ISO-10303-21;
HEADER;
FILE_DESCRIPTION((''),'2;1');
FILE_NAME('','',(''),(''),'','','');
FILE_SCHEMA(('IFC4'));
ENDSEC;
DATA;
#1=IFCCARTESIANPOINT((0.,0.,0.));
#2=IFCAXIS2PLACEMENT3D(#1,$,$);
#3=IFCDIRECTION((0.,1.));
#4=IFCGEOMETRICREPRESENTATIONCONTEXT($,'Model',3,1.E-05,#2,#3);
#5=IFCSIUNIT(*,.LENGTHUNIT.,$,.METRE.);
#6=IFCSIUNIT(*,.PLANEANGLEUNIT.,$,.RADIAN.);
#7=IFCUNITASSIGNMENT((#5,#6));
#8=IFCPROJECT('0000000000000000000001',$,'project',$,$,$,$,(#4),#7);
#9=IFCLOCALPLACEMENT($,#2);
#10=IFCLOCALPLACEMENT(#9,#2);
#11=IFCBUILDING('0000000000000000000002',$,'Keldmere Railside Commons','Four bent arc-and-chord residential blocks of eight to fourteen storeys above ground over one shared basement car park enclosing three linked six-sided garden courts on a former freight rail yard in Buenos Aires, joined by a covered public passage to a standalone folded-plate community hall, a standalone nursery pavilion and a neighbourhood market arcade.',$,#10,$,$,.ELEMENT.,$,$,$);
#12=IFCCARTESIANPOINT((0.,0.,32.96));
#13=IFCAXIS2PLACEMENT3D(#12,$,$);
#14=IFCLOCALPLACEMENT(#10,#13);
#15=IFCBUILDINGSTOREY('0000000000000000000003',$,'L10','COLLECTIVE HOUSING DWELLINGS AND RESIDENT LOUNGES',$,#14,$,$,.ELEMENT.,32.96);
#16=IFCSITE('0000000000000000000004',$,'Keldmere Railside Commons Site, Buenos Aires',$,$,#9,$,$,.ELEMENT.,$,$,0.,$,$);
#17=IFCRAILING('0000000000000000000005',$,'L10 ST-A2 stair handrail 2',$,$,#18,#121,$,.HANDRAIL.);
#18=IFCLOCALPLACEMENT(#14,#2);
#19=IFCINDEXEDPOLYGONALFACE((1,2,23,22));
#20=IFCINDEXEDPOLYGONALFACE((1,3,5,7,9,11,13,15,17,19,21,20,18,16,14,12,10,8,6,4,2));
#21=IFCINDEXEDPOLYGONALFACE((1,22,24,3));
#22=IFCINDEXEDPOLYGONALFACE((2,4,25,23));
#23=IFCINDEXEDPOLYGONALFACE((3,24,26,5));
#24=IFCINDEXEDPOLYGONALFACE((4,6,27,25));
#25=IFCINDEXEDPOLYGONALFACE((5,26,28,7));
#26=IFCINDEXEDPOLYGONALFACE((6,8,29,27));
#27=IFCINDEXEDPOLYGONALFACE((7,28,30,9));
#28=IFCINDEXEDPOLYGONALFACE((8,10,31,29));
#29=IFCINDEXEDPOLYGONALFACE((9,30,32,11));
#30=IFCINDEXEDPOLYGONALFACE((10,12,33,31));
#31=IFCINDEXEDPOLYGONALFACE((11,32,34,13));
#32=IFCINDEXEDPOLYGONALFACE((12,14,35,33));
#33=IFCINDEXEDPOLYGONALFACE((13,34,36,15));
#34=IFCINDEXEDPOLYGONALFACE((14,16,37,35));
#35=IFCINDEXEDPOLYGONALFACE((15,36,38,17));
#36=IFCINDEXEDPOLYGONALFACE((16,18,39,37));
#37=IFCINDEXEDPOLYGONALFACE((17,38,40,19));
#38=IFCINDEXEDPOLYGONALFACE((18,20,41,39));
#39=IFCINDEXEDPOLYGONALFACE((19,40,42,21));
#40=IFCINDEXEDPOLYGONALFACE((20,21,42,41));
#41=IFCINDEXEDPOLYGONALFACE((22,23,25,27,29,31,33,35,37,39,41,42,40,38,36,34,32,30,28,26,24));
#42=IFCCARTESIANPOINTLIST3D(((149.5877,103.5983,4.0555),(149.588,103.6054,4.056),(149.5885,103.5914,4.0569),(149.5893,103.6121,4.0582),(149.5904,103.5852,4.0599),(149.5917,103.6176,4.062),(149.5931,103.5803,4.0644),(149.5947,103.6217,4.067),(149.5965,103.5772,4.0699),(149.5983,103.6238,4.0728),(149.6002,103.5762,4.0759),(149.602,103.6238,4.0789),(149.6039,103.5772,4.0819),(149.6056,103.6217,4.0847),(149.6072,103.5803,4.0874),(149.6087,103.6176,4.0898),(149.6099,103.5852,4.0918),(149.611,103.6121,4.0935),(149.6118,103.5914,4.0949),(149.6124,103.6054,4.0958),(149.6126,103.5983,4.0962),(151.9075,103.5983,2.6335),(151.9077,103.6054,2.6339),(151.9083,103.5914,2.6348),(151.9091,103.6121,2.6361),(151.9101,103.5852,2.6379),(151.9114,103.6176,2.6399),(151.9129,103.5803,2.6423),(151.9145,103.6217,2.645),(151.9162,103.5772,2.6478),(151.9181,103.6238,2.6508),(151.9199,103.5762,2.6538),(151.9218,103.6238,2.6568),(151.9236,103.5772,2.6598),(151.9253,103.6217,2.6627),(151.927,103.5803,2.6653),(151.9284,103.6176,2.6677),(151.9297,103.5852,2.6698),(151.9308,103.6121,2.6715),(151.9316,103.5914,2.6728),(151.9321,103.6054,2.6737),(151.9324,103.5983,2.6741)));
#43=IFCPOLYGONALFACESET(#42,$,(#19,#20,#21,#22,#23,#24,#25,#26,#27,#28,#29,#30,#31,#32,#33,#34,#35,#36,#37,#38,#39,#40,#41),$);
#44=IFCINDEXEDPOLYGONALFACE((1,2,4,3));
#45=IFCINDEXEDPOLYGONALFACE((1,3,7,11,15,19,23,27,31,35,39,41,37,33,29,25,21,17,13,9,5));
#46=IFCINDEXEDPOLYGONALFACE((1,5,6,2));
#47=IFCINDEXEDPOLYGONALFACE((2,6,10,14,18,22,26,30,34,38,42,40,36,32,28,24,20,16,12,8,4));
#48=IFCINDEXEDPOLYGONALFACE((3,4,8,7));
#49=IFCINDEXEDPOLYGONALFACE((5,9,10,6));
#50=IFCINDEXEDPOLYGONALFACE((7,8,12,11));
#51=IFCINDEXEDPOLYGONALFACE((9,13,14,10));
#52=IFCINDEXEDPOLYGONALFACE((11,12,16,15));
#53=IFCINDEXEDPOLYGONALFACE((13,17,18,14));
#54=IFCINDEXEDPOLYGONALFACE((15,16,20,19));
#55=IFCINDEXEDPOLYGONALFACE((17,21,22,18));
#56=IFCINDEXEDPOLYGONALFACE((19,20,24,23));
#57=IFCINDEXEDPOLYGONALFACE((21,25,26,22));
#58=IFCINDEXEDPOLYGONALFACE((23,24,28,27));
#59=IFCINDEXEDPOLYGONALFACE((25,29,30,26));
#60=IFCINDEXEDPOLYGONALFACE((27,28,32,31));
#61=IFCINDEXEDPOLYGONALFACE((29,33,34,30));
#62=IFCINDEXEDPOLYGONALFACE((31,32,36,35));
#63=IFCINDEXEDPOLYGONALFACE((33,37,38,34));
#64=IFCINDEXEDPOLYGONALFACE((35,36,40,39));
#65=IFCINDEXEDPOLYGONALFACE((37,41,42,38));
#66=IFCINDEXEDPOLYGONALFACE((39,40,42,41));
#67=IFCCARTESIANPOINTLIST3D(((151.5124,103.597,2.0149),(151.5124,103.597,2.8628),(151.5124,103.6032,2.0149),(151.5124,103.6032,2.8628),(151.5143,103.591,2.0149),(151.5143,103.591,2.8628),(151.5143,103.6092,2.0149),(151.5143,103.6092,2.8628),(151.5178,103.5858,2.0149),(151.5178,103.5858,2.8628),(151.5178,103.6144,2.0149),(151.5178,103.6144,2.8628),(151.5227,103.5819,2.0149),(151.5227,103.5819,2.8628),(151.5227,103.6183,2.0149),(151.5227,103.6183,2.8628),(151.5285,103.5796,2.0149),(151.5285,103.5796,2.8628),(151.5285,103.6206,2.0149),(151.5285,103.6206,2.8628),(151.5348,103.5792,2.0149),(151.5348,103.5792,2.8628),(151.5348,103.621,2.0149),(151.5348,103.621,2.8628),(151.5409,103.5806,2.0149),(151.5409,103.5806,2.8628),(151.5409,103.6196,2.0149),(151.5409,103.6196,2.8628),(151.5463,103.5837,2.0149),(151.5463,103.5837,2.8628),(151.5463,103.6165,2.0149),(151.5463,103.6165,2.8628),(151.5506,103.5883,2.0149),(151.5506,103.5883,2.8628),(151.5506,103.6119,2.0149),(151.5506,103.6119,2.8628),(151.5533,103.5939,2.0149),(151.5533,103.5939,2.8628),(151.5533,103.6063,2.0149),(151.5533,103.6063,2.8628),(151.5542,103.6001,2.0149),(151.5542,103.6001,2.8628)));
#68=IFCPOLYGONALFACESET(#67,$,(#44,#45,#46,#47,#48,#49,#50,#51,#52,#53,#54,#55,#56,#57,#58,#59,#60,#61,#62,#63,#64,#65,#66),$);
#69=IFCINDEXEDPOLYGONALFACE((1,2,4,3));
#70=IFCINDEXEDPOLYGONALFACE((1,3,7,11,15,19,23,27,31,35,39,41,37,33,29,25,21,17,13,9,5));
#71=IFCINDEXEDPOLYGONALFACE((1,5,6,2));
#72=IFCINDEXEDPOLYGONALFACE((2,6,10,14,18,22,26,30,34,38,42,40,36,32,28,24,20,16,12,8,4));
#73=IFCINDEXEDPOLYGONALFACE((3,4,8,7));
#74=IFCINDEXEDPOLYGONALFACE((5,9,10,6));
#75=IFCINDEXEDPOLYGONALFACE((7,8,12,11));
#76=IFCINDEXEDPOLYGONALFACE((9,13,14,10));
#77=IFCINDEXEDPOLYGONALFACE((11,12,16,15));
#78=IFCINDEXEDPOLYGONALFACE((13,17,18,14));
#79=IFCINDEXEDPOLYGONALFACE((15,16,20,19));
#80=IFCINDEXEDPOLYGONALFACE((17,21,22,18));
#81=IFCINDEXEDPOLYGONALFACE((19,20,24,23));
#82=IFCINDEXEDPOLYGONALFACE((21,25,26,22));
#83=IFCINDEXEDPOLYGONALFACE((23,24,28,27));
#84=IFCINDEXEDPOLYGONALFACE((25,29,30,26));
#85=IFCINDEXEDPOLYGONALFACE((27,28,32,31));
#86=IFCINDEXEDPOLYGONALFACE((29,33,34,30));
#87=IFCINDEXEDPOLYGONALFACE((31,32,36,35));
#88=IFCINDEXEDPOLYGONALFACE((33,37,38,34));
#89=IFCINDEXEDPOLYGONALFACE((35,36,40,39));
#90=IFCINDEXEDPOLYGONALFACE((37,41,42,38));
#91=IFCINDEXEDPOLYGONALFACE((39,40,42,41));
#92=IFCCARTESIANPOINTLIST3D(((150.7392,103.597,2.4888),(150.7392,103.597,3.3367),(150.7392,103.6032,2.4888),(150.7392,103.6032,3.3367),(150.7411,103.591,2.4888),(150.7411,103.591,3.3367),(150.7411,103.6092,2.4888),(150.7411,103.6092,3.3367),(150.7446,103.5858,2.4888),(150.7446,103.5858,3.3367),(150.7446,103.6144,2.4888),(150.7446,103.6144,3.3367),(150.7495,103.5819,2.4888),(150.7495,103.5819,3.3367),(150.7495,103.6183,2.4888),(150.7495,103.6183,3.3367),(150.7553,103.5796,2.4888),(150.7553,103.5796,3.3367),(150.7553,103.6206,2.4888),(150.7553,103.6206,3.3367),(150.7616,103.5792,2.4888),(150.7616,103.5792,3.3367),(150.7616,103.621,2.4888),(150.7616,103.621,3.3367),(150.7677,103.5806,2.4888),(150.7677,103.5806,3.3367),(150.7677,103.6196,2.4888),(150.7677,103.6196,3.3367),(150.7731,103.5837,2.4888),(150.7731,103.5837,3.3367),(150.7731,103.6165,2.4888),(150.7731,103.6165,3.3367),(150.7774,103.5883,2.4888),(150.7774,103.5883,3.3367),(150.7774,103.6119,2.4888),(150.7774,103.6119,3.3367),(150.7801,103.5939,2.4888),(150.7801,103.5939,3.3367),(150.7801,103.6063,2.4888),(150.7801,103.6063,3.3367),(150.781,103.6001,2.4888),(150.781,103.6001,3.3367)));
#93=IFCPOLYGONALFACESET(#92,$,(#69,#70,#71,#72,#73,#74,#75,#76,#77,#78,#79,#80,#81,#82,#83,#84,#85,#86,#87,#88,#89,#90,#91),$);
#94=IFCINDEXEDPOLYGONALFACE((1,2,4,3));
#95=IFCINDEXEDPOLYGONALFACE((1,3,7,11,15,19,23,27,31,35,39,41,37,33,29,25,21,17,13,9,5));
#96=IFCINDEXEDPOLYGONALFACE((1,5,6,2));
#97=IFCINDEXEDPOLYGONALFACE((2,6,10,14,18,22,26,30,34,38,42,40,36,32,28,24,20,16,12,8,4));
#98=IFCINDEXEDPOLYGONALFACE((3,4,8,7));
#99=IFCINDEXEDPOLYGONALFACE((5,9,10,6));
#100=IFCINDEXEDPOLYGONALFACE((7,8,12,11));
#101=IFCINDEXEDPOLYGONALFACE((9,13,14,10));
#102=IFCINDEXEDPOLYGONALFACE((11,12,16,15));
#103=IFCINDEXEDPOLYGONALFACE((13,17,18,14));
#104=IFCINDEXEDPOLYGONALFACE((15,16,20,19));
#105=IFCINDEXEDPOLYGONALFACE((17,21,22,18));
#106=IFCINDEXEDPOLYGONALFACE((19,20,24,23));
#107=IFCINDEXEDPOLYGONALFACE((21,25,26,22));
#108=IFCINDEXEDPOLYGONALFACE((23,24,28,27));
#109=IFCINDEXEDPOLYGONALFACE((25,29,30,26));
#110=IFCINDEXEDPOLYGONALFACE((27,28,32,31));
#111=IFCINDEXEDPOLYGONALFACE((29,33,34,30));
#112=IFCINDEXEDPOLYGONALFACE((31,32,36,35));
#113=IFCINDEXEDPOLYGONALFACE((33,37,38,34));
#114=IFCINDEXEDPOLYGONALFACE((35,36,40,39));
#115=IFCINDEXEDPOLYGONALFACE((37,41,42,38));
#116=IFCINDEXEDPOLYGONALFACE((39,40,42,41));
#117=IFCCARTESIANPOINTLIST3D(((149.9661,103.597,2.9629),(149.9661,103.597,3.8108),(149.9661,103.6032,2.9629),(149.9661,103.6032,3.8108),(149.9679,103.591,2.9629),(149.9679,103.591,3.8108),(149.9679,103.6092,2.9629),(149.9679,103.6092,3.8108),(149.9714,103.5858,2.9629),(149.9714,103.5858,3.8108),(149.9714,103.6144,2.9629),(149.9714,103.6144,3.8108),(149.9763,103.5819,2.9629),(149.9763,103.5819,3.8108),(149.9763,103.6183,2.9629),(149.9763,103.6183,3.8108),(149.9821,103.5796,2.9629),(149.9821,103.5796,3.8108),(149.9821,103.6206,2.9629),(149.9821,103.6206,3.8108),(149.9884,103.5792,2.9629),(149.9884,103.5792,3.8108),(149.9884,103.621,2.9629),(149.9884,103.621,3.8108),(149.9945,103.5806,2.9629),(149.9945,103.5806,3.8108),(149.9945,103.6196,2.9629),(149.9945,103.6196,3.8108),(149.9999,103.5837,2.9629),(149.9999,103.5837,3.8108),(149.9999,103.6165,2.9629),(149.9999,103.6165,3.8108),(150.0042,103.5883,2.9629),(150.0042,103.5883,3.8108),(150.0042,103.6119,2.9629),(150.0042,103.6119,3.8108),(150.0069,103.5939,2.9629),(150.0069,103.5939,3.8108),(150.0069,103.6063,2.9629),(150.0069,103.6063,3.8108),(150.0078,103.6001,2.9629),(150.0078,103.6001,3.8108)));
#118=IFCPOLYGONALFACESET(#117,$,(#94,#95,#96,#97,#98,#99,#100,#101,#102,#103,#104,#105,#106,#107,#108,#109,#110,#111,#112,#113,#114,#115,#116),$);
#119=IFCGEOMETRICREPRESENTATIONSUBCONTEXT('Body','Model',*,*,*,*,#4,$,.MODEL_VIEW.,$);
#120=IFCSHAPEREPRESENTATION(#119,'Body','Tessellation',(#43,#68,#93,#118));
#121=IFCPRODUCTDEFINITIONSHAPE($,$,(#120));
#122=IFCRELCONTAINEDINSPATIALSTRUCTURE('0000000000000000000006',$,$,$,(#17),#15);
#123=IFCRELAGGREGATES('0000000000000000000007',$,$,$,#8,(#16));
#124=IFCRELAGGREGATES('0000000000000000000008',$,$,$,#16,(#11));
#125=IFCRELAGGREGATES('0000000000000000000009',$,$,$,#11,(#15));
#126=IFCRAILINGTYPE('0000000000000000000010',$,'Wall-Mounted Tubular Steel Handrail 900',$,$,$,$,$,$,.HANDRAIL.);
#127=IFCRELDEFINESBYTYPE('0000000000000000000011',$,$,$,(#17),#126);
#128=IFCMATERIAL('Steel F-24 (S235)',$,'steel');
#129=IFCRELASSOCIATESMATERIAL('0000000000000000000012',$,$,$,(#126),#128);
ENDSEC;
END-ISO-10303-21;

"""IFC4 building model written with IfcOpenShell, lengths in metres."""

from ifc_helpers import new_model, si_unit, direction, frame, origin, origin_2d, place, context, subcontext, project, spatial, circle, extrude, material, type_object, element, save


model = new_model("IFC4")

# Units and contexts
model_context = context("Model", 3, precision=1e-05, world=origin(), true_north=direction((0.0, 1.0)))
body_context = subcontext(model_context, "Body", "Model", "MODEL_VIEW")
ifc_project = project(units=[si_unit("LENGTHUNIT", "METRE"), si_unit("PLANEANGLEUNIT", "RADIAN")], contexts=[model_context])

# Site, building, storey
site_placement = place(None, origin())
site = spatial("IfcSite", under=ifc_project, at=site_placement, Name="Keldmere Railside Commons Site, Buenos Aires", CompositionType="ELEMENT", RefElevation=0.0)
building_placement = place(site_placement, origin())
building = spatial("IfcBuilding", under=site, at=building_placement, Name="Keldmere Railside Commons", Description="Four bent arc-and-chord residential blocks of eight to fourteen storeys above ground over one shared basement car park enclosing three linked six-sided garden courts on a former freight rail yard in Buenos Aires, joined by a covered public passage to a standalone folded-plate community hall, a standalone nursery pavilion and a neighbourhood market arcade.", CompositionType="ELEMENT")
storey_placement = place(building_placement, frame((0.0, 0.0, 32.96)))
storey = spatial("IfcBuildingStorey", under=building, at=storey_placement, Name="L10", Description="COLLECTIVE HOUSING DWELLINGS AND RESIDENT LOUNGES", CompositionType="ELEMENT", Elevation=32.96)

# Shared definitions
ifc_material_1 = material(Name="Steel F-24 (S235)", Category="steel")

# Railing
railing_type_1 = type_object("IfcRailingType", Name="Wall-Mounted Tubular Steel Handrail 900", PredefinedType="HANDRAIL", material=ifc_material_1)
railing_1_placement = place(storey_placement, frame((151.9199, 103.6001, 1.7778)))
element("IfcRailing", 1, at=railing_1_placement, inside=storey, type_object=railing_type_1, Name="L10 ST-A2 stair handrail 2", PredefinedType="HANDRAIL", context=body_context, shape_type="SweptSolid", body=[
    extrude(circle(Radius=0.0239, at=origin_2d()), frame((0.0, 0.0, 0.876), z_axis=(-0.852554, 0.0, 0.52264), x_axis=(0.0, -1.0, 0.0)), (0.0, 0.0, 1.0), 2.7209),
    extrude(circle(Radius=0.021, at=origin_2d()), frame((-0.3867, 0.0, 0.2371)), (0.0, 0.0, 1.0), 0.8479),
    extrude(circle(Radius=0.021, at=origin_2d()), frame((-1.1599, 0.0, 0.7109)), (0.0, 0.0, 1.0), 0.8479),
    extrude(circle(Radius=0.021, at=origin_2d()), frame((-1.9331, 0.0, 1.1851)), (0.0, 0.0, 1.0), 0.8479),
])

save(model, "model.ifc")
